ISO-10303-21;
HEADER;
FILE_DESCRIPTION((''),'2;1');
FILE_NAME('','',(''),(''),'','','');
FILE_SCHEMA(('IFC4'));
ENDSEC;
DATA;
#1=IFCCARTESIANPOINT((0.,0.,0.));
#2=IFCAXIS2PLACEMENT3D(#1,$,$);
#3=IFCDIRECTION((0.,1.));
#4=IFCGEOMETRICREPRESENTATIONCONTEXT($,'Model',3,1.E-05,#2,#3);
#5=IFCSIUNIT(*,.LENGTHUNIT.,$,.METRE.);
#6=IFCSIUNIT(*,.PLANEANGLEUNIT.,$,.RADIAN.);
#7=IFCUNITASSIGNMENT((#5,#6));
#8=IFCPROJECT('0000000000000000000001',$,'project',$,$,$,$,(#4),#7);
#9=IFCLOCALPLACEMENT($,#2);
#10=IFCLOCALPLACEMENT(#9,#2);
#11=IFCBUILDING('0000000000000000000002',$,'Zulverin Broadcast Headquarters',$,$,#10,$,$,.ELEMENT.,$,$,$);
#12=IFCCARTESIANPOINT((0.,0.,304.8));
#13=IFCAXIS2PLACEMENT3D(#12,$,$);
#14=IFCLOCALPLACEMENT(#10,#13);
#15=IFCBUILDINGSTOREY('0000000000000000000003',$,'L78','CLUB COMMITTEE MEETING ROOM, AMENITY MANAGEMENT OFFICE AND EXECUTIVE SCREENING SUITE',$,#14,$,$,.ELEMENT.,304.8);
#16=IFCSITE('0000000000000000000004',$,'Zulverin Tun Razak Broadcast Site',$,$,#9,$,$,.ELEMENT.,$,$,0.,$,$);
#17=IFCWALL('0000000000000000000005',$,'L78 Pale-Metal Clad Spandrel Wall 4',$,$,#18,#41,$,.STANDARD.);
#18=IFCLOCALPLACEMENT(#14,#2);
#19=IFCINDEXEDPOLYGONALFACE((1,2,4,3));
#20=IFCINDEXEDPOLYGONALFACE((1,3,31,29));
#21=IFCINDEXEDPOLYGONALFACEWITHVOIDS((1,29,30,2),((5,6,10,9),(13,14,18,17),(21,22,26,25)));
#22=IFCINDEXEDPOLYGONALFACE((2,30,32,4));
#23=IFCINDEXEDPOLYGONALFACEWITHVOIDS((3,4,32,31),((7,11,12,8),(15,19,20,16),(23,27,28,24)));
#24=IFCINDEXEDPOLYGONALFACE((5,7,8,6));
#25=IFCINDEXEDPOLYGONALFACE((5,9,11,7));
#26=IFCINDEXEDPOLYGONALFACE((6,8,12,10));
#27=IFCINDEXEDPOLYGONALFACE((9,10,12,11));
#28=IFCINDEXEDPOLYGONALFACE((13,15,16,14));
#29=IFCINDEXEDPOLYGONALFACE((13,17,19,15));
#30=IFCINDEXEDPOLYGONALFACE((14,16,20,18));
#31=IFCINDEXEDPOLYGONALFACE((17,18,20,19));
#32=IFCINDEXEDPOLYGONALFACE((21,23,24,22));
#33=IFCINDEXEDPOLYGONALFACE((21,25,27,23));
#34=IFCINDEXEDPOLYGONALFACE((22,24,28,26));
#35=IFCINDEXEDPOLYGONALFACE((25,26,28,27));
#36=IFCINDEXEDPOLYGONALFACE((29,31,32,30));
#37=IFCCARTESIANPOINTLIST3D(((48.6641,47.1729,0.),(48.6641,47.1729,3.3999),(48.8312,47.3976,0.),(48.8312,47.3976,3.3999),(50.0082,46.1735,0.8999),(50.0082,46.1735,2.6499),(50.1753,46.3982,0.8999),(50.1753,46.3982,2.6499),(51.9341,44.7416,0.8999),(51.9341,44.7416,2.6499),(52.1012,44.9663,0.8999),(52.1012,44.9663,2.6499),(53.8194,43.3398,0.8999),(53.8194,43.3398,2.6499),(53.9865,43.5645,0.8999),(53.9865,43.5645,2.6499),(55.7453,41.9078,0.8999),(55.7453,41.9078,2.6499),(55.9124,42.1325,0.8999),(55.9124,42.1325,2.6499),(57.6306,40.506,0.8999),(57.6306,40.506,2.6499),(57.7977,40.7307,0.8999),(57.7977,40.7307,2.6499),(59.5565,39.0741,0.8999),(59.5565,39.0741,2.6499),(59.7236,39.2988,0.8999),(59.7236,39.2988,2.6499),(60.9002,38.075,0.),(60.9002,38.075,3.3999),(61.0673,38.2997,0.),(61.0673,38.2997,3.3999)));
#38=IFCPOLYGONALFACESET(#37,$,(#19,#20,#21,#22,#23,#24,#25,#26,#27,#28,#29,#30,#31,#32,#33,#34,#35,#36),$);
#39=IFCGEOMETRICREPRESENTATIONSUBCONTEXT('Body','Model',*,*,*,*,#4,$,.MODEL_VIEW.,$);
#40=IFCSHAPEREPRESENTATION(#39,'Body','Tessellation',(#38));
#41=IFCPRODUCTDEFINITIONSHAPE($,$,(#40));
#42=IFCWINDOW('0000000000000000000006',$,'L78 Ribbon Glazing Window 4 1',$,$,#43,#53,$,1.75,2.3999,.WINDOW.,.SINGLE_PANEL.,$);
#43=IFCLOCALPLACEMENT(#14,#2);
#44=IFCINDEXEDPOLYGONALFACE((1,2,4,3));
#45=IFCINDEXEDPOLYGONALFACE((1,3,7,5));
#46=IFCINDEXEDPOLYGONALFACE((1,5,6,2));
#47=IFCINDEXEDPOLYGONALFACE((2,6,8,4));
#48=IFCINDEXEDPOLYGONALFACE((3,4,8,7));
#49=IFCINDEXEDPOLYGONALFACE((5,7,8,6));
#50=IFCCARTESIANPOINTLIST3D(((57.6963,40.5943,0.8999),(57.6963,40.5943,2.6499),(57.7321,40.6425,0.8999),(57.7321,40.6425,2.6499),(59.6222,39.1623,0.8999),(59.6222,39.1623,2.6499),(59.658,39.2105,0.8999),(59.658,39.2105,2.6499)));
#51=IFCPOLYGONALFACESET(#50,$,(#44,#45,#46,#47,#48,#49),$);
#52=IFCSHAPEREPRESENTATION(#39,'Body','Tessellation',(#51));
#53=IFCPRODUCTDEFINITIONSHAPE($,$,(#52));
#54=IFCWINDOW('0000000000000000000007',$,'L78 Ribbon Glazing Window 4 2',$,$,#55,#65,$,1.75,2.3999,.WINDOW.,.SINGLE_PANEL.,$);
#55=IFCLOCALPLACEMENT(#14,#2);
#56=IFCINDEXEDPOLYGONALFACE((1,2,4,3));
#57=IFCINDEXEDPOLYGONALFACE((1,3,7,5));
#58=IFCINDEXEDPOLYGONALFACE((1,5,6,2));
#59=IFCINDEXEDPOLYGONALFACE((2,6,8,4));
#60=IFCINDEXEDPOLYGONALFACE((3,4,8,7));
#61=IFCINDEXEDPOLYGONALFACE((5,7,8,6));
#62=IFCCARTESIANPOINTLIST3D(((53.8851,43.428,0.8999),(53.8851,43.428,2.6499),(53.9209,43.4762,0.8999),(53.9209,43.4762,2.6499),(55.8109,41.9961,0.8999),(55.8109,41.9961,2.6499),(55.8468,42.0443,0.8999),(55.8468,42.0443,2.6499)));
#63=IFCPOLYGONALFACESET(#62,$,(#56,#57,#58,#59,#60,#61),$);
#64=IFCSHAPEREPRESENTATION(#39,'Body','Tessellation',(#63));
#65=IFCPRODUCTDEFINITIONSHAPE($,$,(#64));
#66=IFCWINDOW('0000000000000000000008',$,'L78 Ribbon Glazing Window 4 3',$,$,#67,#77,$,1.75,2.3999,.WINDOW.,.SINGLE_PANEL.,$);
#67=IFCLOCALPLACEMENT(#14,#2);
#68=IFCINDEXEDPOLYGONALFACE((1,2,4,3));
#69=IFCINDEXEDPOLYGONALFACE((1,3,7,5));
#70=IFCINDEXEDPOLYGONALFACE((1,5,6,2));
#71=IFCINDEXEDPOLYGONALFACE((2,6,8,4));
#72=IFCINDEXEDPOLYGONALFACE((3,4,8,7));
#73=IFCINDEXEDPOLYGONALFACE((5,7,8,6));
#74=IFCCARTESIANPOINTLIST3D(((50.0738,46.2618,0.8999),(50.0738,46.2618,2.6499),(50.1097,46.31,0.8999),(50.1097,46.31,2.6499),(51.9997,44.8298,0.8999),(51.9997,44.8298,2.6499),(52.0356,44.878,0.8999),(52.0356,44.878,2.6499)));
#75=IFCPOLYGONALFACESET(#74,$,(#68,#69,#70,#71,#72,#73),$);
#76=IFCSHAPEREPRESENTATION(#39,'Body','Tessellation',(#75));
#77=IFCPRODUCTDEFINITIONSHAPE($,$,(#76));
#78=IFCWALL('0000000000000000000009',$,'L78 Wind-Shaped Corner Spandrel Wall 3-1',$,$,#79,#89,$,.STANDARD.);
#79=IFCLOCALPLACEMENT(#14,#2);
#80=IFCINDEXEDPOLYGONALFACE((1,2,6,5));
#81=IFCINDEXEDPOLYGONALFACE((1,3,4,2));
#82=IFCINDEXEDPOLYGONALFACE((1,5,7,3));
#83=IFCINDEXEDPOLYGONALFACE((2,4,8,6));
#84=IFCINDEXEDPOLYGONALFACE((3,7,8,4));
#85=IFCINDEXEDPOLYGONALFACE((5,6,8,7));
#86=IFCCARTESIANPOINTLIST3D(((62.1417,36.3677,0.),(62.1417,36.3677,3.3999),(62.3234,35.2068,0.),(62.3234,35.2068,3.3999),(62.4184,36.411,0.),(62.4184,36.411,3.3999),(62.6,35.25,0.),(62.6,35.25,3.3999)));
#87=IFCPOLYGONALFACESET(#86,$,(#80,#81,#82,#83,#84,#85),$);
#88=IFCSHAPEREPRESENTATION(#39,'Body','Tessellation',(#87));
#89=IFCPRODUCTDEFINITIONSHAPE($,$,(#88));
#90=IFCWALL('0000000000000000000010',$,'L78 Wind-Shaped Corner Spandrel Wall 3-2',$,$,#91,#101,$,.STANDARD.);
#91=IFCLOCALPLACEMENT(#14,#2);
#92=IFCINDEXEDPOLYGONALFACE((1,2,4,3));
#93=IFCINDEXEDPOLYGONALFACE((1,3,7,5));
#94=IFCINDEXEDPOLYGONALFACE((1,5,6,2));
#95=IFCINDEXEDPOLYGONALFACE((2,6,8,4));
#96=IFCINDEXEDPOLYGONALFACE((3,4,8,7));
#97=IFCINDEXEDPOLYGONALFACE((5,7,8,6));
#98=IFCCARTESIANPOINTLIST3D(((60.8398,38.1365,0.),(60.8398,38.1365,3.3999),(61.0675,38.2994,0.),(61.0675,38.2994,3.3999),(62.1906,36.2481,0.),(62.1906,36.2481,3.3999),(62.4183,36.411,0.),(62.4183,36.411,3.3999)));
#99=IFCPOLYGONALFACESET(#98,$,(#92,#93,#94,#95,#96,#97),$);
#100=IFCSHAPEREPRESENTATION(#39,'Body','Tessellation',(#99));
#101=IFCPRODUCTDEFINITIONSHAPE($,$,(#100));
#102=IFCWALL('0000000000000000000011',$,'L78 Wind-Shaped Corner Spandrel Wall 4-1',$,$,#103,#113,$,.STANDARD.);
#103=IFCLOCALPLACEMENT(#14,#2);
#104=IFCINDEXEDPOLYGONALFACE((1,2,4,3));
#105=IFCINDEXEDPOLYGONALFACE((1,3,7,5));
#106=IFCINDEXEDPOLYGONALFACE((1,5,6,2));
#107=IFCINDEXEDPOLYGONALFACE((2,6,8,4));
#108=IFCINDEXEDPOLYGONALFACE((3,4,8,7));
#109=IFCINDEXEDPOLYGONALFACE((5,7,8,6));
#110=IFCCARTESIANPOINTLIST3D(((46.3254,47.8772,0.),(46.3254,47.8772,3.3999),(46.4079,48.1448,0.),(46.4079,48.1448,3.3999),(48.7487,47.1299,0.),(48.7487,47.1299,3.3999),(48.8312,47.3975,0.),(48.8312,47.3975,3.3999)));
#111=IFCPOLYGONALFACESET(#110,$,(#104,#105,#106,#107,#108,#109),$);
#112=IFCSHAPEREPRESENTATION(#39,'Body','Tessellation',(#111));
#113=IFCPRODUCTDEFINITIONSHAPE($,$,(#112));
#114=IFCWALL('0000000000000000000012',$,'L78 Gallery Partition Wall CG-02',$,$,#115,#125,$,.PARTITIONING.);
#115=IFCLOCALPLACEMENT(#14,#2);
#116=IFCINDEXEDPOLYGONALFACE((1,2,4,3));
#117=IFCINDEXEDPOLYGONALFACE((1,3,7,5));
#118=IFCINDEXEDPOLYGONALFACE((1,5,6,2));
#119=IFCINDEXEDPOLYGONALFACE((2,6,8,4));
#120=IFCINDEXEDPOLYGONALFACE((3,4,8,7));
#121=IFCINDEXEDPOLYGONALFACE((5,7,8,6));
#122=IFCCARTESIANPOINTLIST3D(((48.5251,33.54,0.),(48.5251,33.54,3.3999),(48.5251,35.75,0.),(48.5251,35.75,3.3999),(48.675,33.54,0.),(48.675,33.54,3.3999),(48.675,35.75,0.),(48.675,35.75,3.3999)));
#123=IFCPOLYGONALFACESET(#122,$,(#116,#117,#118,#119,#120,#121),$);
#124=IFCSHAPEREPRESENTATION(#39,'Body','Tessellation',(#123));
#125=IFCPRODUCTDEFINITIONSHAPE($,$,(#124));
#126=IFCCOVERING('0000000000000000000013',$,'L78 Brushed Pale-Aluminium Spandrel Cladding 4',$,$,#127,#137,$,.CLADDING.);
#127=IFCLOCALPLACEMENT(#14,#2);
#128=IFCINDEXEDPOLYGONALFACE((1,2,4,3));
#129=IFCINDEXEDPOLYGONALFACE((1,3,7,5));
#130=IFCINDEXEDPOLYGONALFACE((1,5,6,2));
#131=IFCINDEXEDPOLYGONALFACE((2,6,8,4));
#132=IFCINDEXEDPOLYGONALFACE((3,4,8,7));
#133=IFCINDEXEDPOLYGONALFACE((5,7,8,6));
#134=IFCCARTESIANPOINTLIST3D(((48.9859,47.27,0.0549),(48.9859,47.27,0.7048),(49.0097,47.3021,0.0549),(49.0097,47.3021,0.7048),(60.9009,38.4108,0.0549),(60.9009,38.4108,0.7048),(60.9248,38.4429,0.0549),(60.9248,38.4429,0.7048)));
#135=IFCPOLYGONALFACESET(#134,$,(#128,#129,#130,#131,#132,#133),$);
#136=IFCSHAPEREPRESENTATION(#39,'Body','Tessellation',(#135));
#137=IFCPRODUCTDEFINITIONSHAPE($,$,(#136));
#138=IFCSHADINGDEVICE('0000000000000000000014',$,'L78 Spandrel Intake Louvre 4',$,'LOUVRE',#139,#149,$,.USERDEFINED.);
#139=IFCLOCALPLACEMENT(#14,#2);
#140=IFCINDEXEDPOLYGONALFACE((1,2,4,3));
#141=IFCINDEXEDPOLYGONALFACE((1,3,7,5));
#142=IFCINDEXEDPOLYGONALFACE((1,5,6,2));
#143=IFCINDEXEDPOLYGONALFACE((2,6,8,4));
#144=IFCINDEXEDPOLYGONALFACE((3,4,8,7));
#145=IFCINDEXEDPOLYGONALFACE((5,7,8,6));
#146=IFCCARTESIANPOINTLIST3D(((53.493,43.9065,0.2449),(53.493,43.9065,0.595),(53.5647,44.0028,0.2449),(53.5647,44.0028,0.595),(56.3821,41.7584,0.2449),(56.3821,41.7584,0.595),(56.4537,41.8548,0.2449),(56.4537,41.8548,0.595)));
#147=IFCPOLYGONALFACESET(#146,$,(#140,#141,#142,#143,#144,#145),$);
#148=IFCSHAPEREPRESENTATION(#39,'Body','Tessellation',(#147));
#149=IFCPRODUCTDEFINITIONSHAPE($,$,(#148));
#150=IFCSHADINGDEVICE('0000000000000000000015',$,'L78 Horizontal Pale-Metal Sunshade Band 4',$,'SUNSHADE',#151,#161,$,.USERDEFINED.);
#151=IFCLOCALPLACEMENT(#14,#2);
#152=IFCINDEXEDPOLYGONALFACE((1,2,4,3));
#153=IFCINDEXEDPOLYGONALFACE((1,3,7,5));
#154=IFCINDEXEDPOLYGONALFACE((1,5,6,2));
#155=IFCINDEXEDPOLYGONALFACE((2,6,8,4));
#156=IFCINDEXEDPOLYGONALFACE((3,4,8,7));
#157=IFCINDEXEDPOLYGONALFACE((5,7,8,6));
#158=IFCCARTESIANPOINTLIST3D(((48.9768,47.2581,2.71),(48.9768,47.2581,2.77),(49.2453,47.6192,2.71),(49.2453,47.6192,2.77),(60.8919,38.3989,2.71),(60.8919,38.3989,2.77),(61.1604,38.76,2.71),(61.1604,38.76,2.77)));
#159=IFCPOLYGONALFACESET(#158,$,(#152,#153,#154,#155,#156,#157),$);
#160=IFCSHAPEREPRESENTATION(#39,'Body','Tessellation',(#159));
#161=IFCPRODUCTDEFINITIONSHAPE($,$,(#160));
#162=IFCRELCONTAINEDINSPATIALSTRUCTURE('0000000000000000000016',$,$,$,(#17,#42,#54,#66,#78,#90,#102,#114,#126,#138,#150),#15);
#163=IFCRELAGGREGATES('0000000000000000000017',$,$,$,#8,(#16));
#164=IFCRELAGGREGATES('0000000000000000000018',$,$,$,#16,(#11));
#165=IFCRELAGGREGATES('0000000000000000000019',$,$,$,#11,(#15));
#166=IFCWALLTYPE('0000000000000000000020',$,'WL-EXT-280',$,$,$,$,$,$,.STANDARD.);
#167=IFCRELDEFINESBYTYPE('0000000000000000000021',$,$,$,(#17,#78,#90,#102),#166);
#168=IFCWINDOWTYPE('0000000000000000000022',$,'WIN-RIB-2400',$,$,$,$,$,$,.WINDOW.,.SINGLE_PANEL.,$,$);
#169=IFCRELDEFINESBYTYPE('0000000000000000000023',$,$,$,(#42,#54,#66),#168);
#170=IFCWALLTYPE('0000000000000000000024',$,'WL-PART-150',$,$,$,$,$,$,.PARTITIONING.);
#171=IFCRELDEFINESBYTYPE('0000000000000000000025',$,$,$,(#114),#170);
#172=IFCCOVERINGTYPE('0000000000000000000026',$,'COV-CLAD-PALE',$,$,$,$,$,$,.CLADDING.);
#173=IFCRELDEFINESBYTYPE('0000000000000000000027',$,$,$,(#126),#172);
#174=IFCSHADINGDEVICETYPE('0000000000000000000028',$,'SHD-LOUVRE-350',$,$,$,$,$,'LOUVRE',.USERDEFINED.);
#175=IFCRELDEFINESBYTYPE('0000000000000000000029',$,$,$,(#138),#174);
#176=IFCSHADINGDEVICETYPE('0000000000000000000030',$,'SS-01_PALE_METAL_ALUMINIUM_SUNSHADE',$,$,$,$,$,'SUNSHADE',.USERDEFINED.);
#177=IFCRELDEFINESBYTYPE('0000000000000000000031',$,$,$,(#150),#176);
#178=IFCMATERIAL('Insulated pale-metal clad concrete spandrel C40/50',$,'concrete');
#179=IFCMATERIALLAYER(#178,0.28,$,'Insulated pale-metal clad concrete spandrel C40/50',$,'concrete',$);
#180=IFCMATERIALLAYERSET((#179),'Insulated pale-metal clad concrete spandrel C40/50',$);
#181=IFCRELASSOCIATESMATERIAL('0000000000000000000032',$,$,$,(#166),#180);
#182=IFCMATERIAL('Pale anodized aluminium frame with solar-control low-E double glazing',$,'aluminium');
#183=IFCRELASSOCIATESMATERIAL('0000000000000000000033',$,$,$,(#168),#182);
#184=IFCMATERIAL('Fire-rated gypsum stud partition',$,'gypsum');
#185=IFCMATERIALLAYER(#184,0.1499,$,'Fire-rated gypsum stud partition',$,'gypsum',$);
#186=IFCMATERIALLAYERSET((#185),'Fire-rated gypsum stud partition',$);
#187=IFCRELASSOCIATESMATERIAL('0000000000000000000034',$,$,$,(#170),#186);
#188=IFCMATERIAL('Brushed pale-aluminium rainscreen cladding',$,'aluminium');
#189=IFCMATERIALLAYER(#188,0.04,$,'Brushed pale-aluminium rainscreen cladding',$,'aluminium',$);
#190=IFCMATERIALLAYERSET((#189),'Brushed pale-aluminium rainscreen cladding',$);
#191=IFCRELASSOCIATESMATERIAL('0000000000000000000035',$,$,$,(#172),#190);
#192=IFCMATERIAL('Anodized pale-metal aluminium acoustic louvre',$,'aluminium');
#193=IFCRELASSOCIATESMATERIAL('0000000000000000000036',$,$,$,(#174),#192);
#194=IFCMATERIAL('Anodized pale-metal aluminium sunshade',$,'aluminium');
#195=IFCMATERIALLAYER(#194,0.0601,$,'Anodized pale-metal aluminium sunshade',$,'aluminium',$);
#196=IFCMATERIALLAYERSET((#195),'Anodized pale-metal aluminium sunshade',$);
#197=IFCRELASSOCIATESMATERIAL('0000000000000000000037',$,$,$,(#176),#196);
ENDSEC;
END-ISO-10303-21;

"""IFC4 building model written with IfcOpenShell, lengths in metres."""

from ifc_helpers import new_model, si_unit, direction, frame, frame_2d, origin, origin_2d, place, context, subcontext, project, spatial, rectangle, extrude, material, layer, layer_set, type_object, element, fill, save


model = new_model("IFC4")

# Units and contexts
model_context = context("Model", 3, precision=1e-05, world=origin(), true_north=direction((0.0, 1.0)))
body_context = subcontext(model_context, "Body", "Model", "MODEL_VIEW")
ifc_project = project(units=[si_unit("LENGTHUNIT", "METRE"), si_unit("PLANEANGLEUNIT", "RADIAN")], contexts=[model_context])

# Site, building, storey
site_placement = place(None, origin())
site = spatial("IfcSite", under=ifc_project, at=site_placement, Name="Zulverin Tun Razak Broadcast Site", CompositionType="ELEMENT", RefElevation=0.0)
building_placement = place(site_placement, origin())
building = spatial("IfcBuilding", under=site, at=building_placement, Name="Zulverin Broadcast Headquarters", CompositionType="ELEMENT")
storey_placement = place(building_placement, frame((0.0, 0.0, 304.8)))
storey = spatial("IfcBuildingStorey", under=building, at=storey_placement, Name="L78", Description="CLUB COMMITTEE MEETING ROOM, AMENITY MANAGEMENT OFFICE AND EXECUTIVE SCREENING SUITE", CompositionType="ELEMENT", Elevation=304.8)

# Wall, openings, windows
ifc_material_1 = material(Name="Insulated pale-metal clad concrete spandrel C40/50", Category="concrete")
ifc_layer_1 = layer(ifc_material_1, 0.28, Name="Insulated pale-metal clad concrete spandrel C40/50", Category="concrete")
ifc_layer_set_1 = layer_set([ifc_layer_1], Name="Insulated pale-metal clad concrete spandrel C40/50")
wall_type_1 = type_object("IfcWallType", Name="WL-EXT-280", PredefinedType="STANDARD", material=ifc_layer_set_1)
wall_1_placement = place(storey_placement, frame((60.9839, 38.1873, 0.0), z_axis=(0.0, 0.0, 1.0), x_axis=(-0.802485, 0.596672, 0.0)))
wall_1 = element("IfcWall", 1, at=wall_1_placement, inside=storey, type_object=wall_type_1, Name="L78 Pale-Metal Clad Spandrel Wall 4", PredefinedType="STANDARD", context=body_context, shape_type="SweptSolid", body=[
    extrude(rectangle(XDim=15.2478, YDim=0.28, at=frame_2d((7.624, 0.0))), origin(), (0.0, 0.0, 1.0), 3.3999),
])
opening_1_placement = place(wall_1_placement, frame((1.6746, 0.0, 0.8999)))
opening_1 = element("IfcOpeningElement", 2, at=opening_1_placement, cuts=wall_1, PredefinedType="OPENING", context=body_context, shape_type="SweptSolid", body=[
    extrude(rectangle(XDim=2.3999, YDim=1.75, at=frame_2d((1.2, 0.875))), frame((0.0, 0.1499, 0.0), z_axis=(0.0, -1.0, 0.0), x_axis=(1.0, 0.0, 0.0)), (0.0, 0.0, 1.0), 0.3),
])
opening_2_placement = place(wall_1_placement, frame((6.4238, 0.0, 0.8999)))
opening_2 = element("IfcOpeningElement", 3, at=opening_2_placement, cuts=wall_1, PredefinedType="OPENING", context=body_context, shape_type="SweptSolid", body=[
    extrude(rectangle(XDim=2.3999, YDim=1.75, at=frame_2d((1.2, 0.875))), frame((0.0, 0.1499, 0.0), z_axis=(0.0, -1.0, 0.0), x_axis=(1.0, 0.0, 0.0)), (0.0, 0.0, 1.0), 0.3),
])
opening_3_placement = place(wall_1_placement, frame((11.1731, 0.0, 0.8999)))
opening_3 = element("IfcOpeningElement", 4, at=opening_3_placement, cuts=wall_1, PredefinedType="OPENING", context=body_context, shape_type="SweptSolid", body=[
    extrude(rectangle(XDim=2.3999, YDim=1.75, at=frame_2d((1.2, 0.875))), frame((0.0, 0.1499, 0.0), z_axis=(0.0, -1.0, 0.0), x_axis=(1.0, 0.0, 0.0)), (0.0, 0.0, 1.0), 0.3),
])
ifc_material_2 = material(Name="Pale anodized aluminium frame with solar-control low-E double glazing", Category="aluminium")
window_type = type_object("IfcWindowType", Name="WIN-RIB-2400", PartitioningType="SINGLE_PANEL", PredefinedType="WINDOW", material=ifc_material_2)
window_1_placement = place(opening_1_placement, origin())
window_1 = element("IfcWindow", 5, at=window_1_placement, inside=storey, type_object=window_type, Name="L78 Ribbon Glazing Window 4 1", OverallHeight=1.75, OverallWidth=2.3999, PartitioningType="SINGLE_PANEL", PredefinedType="WINDOW", context=body_context, shape_type="SweptSolid", body=[
    extrude(rectangle(XDim=2.3999, YDim=1.75, at=frame_2d((1.2, 0.875))), frame((0.0, 0.03, 0.0), z_axis=(0.0, -1.0, 0.0), x_axis=(1.0, 0.0, 0.0)), (0.0, 0.0, 1.0), 0.0601),
])
fill(opening_1, window_1)
window_2_placement = place(opening_2_placement, origin())
window_2 = element("IfcWindow", 6, at=window_2_placement, inside=storey, type_object=window_type, Name="L78 Ribbon Glazing Window 4 2", OverallHeight=1.75, OverallWidth=2.3999, PartitioningType="SINGLE_PANEL", PredefinedType="WINDOW", context=body_context, shape_type="SweptSolid", body=[
    extrude(rectangle(XDim=2.3999, YDim=1.75, at=frame_2d((1.2, 0.875))), frame((0.0, 0.03, 0.0), z_axis=(0.0, -1.0, 0.0), x_axis=(1.0, 0.0, 0.0)), (0.0, 0.0, 1.0), 0.0601),
])
fill(opening_2, window_2)
window_3_placement = place(opening_3_placement, origin())
window_3 = element("IfcWindow", 7, at=window_3_placement, inside=storey, type_object=window_type, Name="L78 Ribbon Glazing Window 4 3", OverallHeight=1.75, OverallWidth=2.3999, PartitioningType="SINGLE_PANEL", PredefinedType="WINDOW", context=body_context, shape_type="SweptSolid", body=[
    extrude(rectangle(XDim=2.3999, YDim=1.75, at=frame_2d((1.2, 0.875))), frame((0.0, 0.03, 0.0), z_axis=(0.0, -1.0, 0.0), x_axis=(1.0, 0.0, 0.0)), (0.0, 0.0, 1.0), 0.0601),
])
fill(opening_3, window_3)

# Walls
wall_2_placement = place(storey_placement, frame((62.4617, 35.2285, 0.0), z_axis=(0.0, 0.0, 1.0), x_axis=(-0.154586, 0.987979, 0.0)))
element("IfcWall", 8, at=wall_2_placement, inside=storey, type_object=wall_type_1, Name="L78 Wind-Shaped Corner Spandrel Wall 3-1", PredefinedType="STANDARD", context=body_context, shape_type="SweptSolid", body=[
    extrude(rectangle(XDim=1.175, YDim=0.28, at=frame_2d((0.5874, 0.0))), origin(), (0.0, 0.0, 1.0), 3.3999),
])
wall_3_placement = place(storey_placement, frame((62.3044, 36.3296, 0.0), z_axis=(0.0, 0.0, 1.0), x_axis=(-0.581795, 0.813335, 0.0)))
element("IfcWall", 9, at=wall_3_placement, inside=storey, type_object=wall_type_1, Name="L78 Wind-Shaped Corner Spandrel Wall 3-2", PredefinedType="STANDARD", context=body_context, shape_type="SweptSolid", body=[
    extrude(rectangle(XDim=2.3218, YDim=0.28, at=frame_2d((1.1609, 0.0))), origin(), (0.0, 0.0, 1.0), 3.3999),
])
wall_4_placement = place(storey_placement, frame((48.79, 47.2637, 0.0), z_axis=(0.0, 0.0, 1.0), x_axis=(-0.955594, 0.294688, 0.0)))
element("IfcWall", 10, at=wall_4_placement, inside=storey, type_object=wall_type_1, Name="L78 Wind-Shaped Corner Spandrel Wall 4-1", PredefinedType="STANDARD", context=body_context, shape_type="SweptSolid", body=[
    extrude(rectangle(XDim=2.5359, YDim=0.28, at=frame_2d((1.2681, 0.0))), origin(), (0.0, 0.0, 1.0), 3.3999),
])
ifc_material_3 = material(Name="Fire-rated gypsum stud partition", Category="gypsum")
ifc_layer_2 = layer(ifc_material_3, 0.1499, Name="Fire-rated gypsum stud partition", Category="gypsum")
ifc_layer_set_2 = layer_set([ifc_layer_2], Name="Fire-rated gypsum stud partition")
wall_type_2 = type_object("IfcWallType", Name="WL-PART-150", PredefinedType="PARTITIONING", material=ifc_layer_set_2)
wall_5_placement = place(storey_placement, frame((48.6001, 33.54, 0.0), z_axis=(0.0, 0.0, 1.0), x_axis=(0.0, 1.0, 0.0)))
element("IfcWall", 11, at=wall_5_placement, inside=storey, type_object=wall_type_2, Name="L78 Gallery Partition Wall CG-02", PredefinedType="PARTITIONING", context=body_context, shape_type="SweptSolid", body=[
    extrude(rectangle(XDim=2.21, YDim=0.1499, at=frame_2d((1.105, 0.0))), origin(), (0.0, 0.0, 1.0), 3.3999),
])

# Covering
ifc_material_4 = material(Name="Brushed pale-aluminium rainscreen cladding", Category="aluminium")
ifc_layer_3 = layer(ifc_material_4, 0.04, Name="Brushed pale-aluminium rainscreen cladding", Category="aluminium")
ifc_layer_set_3 = layer_set([ifc_layer_3], Name="Brushed pale-aluminium rainscreen cladding")
covering_type = type_object("IfcCoveringType", Name="COV-CLAD-PALE", PredefinedType="CLADDING", material=ifc_layer_set_3)
covering_placement = place(storey_placement, frame((54.9553, 42.8564, 0.0549), z_axis=(0.0, 0.0, 1.0), x_axis=(-0.802486, 0.59667, 0.0)))
element("IfcCovering", 12, at=covering_placement, inside=storey, type_object=covering_type, Name="L78 Brushed Pale-Aluminium Spandrel Cladding 4", PredefinedType="CLADDING", context=body_context, shape_type="SweptSolid", body=[
    extrude(rectangle(XDim=14.8477, YDim=0.04, at=origin_2d()), origin(), (0.0, 0.0, 1.0), 0.6499),
])

# Shading devices
ifc_material_5 = material(Name="Anodized pale-metal aluminium acoustic louvre", Category="aluminium")
shading_device_type_1 = type_object("IfcShadingDeviceType", Name="SHD-LOUVRE-350", ElementType="LOUVRE", PredefinedType="USERDEFINED", material=ifc_material_5)
shading_device_1_placement = place(storey_placement, frame((54.9734, 42.8806, 0.2449), z_axis=(0.0, 0.0, 1.0), x_axis=(-0.802486, 0.59667, 0.0)))
element("IfcShadingDevice", 13, at=shading_device_1_placement, inside=storey, type_object=shading_device_type_1, Name="L78 Spandrel Intake Louvre 4", ObjectType="LOUVRE", PredefinedType="USERDEFINED", context=body_context, shape_type="SweptSolid", body=[
    extrude(rectangle(XDim=3.6001, YDim=0.1201, at=origin_2d()), origin(), (0.0, 0.0, 1.0), 0.3501),
])
ifc_material_6 = material(Name="Anodized pale-metal aluminium sunshade", Category="aluminium")
ifc_layer_4 = layer(ifc_material_6, 0.0601, Name="Anodized pale-metal aluminium sunshade", Category="aluminium")
ifc_layer_set_4 = layer_set([ifc_layer_4], Name="Anodized pale-metal aluminium sunshade")
shading_device_type_2 = type_object("IfcShadingDeviceType", Name="SS-01_PALE_METAL_ALUMINIUM_SUNSHADE", ElementType="SUNSHADE", PredefinedType="USERDEFINED", material=ifc_layer_set_4)
shading_device_2_placement = place(storey_placement, frame((55.0686, 43.009, 2.71), z_axis=(0.0, 0.0, 1.0), x_axis=(-0.802486, 0.59667, 0.0)))
element("IfcShadingDevice", 14, at=shading_device_2_placement, inside=storey, type_object=shading_device_type_2, Name="L78 Horizontal Pale-Metal Sunshade Band 4", ObjectType="SUNSHADE", PredefinedType="USERDEFINED", context=body_context, shape_type="SweptSolid", body=[
    extrude(rectangle(XDim=14.8477, YDim=0.45, at=origin_2d()), origin(), (0.0, 0.0, 1.0), 0.0601),
])

save(model, "model.ifc")
